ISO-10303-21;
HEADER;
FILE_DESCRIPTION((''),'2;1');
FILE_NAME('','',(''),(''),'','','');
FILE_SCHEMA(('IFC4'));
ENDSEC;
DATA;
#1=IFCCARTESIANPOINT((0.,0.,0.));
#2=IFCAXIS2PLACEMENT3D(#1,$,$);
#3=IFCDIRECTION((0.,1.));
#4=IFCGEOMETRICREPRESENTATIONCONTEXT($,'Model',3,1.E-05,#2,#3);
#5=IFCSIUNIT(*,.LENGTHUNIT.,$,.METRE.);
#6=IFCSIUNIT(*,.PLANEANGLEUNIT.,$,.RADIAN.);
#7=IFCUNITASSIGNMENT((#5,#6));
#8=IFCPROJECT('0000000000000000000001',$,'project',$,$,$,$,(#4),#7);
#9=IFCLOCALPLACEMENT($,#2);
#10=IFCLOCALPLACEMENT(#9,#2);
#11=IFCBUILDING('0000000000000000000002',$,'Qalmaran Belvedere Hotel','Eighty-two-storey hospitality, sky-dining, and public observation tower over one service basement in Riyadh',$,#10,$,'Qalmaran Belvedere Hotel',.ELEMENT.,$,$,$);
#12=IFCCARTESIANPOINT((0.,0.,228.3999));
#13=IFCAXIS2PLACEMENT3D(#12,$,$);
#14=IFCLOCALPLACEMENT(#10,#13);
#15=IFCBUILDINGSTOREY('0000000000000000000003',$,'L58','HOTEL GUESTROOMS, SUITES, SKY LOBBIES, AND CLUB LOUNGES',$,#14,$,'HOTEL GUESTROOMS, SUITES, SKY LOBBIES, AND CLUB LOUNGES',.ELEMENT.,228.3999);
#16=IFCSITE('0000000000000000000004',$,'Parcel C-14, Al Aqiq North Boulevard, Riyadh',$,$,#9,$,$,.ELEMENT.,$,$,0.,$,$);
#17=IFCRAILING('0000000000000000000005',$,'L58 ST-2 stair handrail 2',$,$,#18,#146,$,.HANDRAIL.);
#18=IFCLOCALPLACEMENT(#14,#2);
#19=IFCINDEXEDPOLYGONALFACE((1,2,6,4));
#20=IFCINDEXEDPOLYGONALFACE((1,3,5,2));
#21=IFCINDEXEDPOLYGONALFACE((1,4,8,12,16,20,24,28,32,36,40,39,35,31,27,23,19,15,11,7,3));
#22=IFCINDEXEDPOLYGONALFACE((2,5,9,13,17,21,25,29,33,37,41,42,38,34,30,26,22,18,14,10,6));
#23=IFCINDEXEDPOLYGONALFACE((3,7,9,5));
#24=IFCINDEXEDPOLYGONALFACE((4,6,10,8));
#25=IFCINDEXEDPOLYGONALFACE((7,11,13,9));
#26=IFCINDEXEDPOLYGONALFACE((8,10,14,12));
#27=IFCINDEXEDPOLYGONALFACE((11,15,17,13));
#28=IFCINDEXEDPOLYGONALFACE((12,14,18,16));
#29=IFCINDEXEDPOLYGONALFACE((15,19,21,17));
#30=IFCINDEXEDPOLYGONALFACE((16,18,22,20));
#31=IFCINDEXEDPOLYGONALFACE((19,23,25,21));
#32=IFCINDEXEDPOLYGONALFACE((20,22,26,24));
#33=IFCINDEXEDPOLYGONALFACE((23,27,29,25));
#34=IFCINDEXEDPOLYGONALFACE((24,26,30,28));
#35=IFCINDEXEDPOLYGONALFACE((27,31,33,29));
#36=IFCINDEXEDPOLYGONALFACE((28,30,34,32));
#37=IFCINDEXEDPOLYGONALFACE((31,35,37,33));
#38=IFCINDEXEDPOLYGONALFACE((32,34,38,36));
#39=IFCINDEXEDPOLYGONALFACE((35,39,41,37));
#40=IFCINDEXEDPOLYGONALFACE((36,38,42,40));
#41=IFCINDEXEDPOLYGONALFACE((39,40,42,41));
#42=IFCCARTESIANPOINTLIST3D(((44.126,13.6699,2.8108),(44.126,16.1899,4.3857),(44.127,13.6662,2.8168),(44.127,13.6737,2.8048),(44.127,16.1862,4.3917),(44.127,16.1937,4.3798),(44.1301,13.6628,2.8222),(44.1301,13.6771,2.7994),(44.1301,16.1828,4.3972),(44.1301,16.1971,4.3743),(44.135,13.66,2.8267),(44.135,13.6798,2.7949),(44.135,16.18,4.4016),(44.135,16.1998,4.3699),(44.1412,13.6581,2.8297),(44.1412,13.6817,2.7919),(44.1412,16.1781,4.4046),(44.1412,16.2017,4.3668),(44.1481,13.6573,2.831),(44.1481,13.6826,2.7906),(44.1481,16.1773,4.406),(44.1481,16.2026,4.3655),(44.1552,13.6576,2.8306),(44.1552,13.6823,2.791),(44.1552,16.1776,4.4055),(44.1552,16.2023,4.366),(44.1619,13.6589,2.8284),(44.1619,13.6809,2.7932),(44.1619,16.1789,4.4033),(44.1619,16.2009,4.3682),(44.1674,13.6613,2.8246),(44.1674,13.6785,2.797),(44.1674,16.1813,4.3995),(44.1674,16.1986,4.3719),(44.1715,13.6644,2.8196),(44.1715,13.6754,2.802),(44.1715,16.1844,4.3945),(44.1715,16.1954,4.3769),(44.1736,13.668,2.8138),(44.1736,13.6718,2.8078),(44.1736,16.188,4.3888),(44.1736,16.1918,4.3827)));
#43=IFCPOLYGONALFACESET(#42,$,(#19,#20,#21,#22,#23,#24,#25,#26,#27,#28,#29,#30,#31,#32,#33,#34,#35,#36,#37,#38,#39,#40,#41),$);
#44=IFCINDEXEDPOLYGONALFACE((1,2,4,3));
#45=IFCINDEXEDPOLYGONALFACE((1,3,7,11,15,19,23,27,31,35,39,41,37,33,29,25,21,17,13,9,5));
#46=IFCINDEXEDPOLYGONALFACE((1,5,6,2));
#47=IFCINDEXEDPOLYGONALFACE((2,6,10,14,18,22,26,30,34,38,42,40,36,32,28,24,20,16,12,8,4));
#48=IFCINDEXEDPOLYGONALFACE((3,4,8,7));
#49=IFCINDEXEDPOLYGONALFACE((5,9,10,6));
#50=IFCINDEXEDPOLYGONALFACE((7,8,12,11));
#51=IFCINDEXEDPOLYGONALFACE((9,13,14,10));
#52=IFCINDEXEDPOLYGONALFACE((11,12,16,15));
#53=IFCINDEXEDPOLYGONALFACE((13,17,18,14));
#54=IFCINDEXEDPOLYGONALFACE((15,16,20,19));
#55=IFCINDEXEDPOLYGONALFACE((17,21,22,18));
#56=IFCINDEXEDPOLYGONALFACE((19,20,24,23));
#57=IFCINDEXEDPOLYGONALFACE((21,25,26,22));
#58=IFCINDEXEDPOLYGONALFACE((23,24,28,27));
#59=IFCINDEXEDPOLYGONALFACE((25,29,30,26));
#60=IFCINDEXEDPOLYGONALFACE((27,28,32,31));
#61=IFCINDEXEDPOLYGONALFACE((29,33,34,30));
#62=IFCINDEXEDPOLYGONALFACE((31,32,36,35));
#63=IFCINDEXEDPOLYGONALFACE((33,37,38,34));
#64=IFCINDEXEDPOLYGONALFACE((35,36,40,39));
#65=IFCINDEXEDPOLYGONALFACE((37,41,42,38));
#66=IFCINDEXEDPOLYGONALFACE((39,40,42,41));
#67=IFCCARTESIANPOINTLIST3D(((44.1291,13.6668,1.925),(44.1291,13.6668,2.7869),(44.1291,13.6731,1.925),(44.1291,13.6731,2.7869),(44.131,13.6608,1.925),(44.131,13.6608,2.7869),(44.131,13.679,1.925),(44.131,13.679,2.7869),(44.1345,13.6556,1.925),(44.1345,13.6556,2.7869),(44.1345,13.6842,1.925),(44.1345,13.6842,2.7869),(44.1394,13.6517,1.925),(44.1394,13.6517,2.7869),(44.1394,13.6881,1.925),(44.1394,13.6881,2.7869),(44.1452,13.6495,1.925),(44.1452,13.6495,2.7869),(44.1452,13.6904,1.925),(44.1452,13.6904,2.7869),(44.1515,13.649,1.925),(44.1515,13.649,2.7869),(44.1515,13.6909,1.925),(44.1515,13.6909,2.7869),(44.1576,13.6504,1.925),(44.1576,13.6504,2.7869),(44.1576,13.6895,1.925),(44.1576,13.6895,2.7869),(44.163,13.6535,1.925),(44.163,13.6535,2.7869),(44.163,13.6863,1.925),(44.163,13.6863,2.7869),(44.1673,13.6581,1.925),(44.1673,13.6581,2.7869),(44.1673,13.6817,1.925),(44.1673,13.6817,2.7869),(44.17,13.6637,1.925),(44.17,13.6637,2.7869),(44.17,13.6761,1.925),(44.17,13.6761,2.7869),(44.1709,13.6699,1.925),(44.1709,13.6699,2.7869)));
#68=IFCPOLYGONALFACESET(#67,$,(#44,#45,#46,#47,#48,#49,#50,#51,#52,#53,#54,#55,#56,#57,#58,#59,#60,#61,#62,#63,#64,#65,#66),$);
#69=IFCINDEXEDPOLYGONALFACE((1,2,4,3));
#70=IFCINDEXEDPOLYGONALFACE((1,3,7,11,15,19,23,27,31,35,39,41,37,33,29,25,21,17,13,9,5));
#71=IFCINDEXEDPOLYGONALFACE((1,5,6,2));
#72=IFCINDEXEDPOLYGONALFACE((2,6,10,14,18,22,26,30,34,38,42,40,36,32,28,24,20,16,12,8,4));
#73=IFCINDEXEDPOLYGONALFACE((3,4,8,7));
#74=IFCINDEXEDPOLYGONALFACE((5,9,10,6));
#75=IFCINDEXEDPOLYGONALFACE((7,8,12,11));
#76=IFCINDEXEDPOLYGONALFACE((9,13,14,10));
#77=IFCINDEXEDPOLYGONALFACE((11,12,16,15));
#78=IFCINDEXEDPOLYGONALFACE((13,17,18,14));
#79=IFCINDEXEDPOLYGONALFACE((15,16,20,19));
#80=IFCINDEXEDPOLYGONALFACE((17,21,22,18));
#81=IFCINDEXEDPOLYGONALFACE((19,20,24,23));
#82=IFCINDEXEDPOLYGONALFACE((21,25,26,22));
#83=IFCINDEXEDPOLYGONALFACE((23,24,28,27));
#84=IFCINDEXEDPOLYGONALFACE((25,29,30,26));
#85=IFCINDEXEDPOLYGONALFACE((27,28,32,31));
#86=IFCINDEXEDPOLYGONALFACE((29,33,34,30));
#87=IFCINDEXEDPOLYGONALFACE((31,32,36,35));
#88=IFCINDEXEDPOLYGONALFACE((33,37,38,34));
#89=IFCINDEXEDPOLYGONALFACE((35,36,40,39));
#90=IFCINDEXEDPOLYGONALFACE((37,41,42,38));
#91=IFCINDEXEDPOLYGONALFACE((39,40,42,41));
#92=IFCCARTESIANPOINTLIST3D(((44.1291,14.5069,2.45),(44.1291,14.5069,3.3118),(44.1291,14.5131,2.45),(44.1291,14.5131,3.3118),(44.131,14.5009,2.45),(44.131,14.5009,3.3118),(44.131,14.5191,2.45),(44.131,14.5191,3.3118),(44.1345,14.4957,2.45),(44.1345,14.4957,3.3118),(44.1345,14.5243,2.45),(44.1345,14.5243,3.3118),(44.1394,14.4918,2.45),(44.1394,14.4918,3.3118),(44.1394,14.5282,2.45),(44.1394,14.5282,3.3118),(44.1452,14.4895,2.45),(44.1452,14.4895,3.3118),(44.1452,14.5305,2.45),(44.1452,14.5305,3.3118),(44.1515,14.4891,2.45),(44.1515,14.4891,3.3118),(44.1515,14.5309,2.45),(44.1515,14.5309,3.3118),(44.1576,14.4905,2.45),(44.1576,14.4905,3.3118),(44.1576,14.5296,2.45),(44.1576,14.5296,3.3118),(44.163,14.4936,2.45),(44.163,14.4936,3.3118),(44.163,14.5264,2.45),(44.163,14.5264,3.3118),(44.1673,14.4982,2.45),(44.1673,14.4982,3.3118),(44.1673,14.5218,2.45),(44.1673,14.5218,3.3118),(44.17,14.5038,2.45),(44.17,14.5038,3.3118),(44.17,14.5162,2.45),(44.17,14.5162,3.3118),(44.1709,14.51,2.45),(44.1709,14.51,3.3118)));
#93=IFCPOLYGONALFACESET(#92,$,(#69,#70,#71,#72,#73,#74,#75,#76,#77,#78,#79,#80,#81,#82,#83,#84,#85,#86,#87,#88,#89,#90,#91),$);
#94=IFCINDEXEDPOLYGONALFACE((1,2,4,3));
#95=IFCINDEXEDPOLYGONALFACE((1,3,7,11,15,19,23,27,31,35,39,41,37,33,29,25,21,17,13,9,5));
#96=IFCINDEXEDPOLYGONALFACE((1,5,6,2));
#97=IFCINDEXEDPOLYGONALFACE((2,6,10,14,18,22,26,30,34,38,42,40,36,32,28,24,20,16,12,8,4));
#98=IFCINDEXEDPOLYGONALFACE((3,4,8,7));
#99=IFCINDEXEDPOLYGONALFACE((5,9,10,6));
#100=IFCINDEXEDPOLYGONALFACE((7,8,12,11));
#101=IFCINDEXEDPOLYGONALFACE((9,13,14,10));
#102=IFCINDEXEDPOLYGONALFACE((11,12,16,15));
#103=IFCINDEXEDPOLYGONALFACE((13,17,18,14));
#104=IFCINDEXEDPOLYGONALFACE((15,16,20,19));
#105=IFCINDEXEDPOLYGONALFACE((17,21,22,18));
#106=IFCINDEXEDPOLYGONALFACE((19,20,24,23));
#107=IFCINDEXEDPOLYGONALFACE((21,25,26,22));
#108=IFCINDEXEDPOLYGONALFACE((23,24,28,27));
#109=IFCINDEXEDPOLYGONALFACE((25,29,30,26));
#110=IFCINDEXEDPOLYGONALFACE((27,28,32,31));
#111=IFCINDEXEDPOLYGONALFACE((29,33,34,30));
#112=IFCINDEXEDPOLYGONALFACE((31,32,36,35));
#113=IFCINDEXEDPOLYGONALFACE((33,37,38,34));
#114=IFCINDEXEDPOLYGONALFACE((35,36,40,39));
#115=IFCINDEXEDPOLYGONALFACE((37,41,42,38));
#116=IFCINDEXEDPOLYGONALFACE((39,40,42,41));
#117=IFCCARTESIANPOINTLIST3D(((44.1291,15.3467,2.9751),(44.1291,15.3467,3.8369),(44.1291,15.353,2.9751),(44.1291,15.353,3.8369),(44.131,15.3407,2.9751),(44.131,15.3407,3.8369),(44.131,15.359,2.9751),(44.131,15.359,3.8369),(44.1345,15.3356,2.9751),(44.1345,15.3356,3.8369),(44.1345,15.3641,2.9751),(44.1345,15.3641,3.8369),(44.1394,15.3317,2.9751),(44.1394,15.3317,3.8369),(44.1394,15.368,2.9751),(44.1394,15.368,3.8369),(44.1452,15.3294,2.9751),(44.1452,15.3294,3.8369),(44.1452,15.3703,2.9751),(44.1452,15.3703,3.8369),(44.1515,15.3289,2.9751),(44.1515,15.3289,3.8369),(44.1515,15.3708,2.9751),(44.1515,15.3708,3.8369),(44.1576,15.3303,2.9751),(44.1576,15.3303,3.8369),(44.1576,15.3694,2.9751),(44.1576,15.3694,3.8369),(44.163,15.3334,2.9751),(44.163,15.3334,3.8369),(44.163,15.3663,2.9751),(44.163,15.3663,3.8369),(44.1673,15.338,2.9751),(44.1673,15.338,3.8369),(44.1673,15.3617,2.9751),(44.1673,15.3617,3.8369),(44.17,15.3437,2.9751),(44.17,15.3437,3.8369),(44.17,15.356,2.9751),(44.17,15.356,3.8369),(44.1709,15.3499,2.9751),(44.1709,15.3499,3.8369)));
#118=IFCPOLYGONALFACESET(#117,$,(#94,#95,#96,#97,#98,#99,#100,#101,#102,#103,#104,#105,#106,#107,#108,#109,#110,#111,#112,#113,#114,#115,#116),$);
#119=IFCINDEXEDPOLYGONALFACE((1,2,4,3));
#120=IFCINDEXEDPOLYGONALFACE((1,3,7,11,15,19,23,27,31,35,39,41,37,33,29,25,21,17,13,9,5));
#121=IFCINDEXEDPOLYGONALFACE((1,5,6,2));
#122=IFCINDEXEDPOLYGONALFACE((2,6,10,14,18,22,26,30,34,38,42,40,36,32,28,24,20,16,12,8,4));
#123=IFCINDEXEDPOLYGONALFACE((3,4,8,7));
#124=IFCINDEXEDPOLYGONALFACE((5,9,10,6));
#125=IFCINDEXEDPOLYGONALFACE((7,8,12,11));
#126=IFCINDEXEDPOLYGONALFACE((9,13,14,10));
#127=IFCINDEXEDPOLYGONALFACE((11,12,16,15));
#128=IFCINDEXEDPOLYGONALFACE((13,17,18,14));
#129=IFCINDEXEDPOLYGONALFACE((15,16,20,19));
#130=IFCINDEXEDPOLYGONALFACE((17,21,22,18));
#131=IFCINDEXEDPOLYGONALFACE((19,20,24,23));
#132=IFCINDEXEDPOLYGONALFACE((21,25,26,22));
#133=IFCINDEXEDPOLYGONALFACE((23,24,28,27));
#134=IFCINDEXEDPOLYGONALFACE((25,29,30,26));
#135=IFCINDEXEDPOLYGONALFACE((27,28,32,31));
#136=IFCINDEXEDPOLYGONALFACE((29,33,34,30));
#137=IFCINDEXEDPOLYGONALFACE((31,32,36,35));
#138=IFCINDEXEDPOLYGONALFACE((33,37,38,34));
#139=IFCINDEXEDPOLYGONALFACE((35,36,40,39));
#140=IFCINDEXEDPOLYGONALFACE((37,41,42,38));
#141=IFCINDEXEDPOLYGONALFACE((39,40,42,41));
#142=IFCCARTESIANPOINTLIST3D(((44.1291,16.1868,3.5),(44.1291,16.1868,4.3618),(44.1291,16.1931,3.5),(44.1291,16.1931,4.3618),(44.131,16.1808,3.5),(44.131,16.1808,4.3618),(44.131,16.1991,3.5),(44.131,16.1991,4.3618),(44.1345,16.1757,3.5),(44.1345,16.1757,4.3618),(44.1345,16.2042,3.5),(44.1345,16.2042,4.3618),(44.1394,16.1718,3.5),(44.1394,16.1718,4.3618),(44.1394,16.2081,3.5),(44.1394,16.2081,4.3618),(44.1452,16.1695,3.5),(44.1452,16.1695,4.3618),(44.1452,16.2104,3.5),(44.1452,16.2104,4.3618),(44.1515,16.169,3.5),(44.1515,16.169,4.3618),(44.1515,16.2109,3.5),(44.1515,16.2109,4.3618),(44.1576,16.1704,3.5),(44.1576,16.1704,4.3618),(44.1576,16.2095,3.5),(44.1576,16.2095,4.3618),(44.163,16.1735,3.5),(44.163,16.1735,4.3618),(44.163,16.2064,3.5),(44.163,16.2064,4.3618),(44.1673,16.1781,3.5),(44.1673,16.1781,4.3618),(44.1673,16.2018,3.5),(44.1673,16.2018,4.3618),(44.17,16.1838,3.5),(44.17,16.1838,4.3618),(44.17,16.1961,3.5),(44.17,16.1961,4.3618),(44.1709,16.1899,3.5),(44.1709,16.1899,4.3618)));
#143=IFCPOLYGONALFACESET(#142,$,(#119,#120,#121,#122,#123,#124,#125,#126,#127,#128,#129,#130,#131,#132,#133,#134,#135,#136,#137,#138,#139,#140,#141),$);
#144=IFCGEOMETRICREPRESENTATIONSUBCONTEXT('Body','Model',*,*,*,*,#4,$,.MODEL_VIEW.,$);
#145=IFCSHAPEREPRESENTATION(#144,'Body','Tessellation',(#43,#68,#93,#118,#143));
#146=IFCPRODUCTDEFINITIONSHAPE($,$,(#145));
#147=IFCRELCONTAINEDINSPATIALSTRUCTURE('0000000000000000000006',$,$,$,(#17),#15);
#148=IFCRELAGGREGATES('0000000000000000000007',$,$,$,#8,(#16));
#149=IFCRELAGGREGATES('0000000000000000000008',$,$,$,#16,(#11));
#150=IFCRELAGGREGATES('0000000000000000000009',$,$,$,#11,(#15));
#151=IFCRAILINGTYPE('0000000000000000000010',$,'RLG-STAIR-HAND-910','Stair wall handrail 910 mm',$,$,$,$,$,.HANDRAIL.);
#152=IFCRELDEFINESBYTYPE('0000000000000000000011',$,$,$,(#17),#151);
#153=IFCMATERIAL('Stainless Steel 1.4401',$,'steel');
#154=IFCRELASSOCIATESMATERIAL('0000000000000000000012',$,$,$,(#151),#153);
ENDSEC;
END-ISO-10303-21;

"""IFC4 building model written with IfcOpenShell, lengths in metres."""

from ifc_helpers import new_model, si_unit, direction, frame, origin, origin_2d, place, context, subcontext, project, spatial, circle, extrude, material, type_object, element, save


model = new_model("IFC4")

# Units and contexts
model_context = context("Model", 3, precision=1e-05, world=origin(), true_north=direction((0.0, 1.0)))
body_context = subcontext(model_context, "Body", "Model", "MODEL_VIEW")
ifc_project = project(units=[si_unit("LENGTHUNIT", "METRE"), si_unit("PLANEANGLEUNIT", "RADIAN")], contexts=[model_context])

# Site, building, storey
site_placement = place(None, origin())
site = spatial("IfcSite", under=ifc_project, at=site_placement, Name="Parcel C-14, Al Aqiq North Boulevard, Riyadh", CompositionType="ELEMENT", RefElevation=0.0)
building_placement = place(site_placement, origin())
building = spatial("IfcBuilding", under=site, at=building_placement, Name="Qalmaran Belvedere Hotel", Description="Eighty-two-storey hospitality, sky-dining, and public observation tower over one service basement in Riyadh", LongName="Qalmaran Belvedere Hotel", CompositionType="ELEMENT")
storey_placement = place(building_placement, frame((0.0, 0.0, 228.3999)))
storey = spatial("IfcBuildingStorey", under=building, at=storey_placement, Name="L58", Description="HOTEL GUESTROOMS, SUITES, SKY LOBBIES, AND CLUB LOUNGES", LongName="HOTEL GUESTROOMS, SUITES, SKY LOBBIES, AND CLUB LOUNGES", CompositionType="ELEMENT", Elevation=228.3999)

# Railing
ifc_material_1 = material(Name="Stainless Steel 1.4401", Category="steel")
railing_type_1 = type_object("IfcRailingType", Name="RLG-STAIR-HAND-910", Description="Stair wall handrail 910 mm", PredefinedType="HANDRAIL", material=ifc_material_1)
railing_1_placement = place(storey_placement, frame((44.1499, 13.6699, 1.925)))
element("IfcRailing", 1, at=railing_1_placement, inside=storey, type_object=railing_type_1, Name="L58 ST-2 stair handrail 2", PredefinedType="HANDRAIL", context=body_context, shape_type="SweptSolid", body=[
    extrude(circle(Radius=0.0239, at=origin_2d()), frame((0.0, 0.0, 0.8857), z_axis=(0.0, 0.848008, 0.529984), x_axis=(-1.0, 0.0, 0.0)), (0.0, 0.0, 1.0), 2.9717),
    extrude(circle(Radius=0.021, at=origin_2d()), origin(), (0.0, 0.0, 1.0), 0.8618),
    extrude(circle(Radius=0.021, at=origin_2d()), frame((0.0, 0.8401, 0.5249)), (0.0, 0.0, 1.0), 0.8618),
    extrude(circle(Radius=0.021, at=origin_2d()), frame((0.0, 1.6799, 1.05)), (0.0, 0.0, 1.0), 0.8618),
    extrude(circle(Radius=0.021, at=origin_2d()), frame((0.0, 2.52, 1.575)), (0.0, 0.0, 1.0), 0.8618),
])

save(model, "model.ifc")
